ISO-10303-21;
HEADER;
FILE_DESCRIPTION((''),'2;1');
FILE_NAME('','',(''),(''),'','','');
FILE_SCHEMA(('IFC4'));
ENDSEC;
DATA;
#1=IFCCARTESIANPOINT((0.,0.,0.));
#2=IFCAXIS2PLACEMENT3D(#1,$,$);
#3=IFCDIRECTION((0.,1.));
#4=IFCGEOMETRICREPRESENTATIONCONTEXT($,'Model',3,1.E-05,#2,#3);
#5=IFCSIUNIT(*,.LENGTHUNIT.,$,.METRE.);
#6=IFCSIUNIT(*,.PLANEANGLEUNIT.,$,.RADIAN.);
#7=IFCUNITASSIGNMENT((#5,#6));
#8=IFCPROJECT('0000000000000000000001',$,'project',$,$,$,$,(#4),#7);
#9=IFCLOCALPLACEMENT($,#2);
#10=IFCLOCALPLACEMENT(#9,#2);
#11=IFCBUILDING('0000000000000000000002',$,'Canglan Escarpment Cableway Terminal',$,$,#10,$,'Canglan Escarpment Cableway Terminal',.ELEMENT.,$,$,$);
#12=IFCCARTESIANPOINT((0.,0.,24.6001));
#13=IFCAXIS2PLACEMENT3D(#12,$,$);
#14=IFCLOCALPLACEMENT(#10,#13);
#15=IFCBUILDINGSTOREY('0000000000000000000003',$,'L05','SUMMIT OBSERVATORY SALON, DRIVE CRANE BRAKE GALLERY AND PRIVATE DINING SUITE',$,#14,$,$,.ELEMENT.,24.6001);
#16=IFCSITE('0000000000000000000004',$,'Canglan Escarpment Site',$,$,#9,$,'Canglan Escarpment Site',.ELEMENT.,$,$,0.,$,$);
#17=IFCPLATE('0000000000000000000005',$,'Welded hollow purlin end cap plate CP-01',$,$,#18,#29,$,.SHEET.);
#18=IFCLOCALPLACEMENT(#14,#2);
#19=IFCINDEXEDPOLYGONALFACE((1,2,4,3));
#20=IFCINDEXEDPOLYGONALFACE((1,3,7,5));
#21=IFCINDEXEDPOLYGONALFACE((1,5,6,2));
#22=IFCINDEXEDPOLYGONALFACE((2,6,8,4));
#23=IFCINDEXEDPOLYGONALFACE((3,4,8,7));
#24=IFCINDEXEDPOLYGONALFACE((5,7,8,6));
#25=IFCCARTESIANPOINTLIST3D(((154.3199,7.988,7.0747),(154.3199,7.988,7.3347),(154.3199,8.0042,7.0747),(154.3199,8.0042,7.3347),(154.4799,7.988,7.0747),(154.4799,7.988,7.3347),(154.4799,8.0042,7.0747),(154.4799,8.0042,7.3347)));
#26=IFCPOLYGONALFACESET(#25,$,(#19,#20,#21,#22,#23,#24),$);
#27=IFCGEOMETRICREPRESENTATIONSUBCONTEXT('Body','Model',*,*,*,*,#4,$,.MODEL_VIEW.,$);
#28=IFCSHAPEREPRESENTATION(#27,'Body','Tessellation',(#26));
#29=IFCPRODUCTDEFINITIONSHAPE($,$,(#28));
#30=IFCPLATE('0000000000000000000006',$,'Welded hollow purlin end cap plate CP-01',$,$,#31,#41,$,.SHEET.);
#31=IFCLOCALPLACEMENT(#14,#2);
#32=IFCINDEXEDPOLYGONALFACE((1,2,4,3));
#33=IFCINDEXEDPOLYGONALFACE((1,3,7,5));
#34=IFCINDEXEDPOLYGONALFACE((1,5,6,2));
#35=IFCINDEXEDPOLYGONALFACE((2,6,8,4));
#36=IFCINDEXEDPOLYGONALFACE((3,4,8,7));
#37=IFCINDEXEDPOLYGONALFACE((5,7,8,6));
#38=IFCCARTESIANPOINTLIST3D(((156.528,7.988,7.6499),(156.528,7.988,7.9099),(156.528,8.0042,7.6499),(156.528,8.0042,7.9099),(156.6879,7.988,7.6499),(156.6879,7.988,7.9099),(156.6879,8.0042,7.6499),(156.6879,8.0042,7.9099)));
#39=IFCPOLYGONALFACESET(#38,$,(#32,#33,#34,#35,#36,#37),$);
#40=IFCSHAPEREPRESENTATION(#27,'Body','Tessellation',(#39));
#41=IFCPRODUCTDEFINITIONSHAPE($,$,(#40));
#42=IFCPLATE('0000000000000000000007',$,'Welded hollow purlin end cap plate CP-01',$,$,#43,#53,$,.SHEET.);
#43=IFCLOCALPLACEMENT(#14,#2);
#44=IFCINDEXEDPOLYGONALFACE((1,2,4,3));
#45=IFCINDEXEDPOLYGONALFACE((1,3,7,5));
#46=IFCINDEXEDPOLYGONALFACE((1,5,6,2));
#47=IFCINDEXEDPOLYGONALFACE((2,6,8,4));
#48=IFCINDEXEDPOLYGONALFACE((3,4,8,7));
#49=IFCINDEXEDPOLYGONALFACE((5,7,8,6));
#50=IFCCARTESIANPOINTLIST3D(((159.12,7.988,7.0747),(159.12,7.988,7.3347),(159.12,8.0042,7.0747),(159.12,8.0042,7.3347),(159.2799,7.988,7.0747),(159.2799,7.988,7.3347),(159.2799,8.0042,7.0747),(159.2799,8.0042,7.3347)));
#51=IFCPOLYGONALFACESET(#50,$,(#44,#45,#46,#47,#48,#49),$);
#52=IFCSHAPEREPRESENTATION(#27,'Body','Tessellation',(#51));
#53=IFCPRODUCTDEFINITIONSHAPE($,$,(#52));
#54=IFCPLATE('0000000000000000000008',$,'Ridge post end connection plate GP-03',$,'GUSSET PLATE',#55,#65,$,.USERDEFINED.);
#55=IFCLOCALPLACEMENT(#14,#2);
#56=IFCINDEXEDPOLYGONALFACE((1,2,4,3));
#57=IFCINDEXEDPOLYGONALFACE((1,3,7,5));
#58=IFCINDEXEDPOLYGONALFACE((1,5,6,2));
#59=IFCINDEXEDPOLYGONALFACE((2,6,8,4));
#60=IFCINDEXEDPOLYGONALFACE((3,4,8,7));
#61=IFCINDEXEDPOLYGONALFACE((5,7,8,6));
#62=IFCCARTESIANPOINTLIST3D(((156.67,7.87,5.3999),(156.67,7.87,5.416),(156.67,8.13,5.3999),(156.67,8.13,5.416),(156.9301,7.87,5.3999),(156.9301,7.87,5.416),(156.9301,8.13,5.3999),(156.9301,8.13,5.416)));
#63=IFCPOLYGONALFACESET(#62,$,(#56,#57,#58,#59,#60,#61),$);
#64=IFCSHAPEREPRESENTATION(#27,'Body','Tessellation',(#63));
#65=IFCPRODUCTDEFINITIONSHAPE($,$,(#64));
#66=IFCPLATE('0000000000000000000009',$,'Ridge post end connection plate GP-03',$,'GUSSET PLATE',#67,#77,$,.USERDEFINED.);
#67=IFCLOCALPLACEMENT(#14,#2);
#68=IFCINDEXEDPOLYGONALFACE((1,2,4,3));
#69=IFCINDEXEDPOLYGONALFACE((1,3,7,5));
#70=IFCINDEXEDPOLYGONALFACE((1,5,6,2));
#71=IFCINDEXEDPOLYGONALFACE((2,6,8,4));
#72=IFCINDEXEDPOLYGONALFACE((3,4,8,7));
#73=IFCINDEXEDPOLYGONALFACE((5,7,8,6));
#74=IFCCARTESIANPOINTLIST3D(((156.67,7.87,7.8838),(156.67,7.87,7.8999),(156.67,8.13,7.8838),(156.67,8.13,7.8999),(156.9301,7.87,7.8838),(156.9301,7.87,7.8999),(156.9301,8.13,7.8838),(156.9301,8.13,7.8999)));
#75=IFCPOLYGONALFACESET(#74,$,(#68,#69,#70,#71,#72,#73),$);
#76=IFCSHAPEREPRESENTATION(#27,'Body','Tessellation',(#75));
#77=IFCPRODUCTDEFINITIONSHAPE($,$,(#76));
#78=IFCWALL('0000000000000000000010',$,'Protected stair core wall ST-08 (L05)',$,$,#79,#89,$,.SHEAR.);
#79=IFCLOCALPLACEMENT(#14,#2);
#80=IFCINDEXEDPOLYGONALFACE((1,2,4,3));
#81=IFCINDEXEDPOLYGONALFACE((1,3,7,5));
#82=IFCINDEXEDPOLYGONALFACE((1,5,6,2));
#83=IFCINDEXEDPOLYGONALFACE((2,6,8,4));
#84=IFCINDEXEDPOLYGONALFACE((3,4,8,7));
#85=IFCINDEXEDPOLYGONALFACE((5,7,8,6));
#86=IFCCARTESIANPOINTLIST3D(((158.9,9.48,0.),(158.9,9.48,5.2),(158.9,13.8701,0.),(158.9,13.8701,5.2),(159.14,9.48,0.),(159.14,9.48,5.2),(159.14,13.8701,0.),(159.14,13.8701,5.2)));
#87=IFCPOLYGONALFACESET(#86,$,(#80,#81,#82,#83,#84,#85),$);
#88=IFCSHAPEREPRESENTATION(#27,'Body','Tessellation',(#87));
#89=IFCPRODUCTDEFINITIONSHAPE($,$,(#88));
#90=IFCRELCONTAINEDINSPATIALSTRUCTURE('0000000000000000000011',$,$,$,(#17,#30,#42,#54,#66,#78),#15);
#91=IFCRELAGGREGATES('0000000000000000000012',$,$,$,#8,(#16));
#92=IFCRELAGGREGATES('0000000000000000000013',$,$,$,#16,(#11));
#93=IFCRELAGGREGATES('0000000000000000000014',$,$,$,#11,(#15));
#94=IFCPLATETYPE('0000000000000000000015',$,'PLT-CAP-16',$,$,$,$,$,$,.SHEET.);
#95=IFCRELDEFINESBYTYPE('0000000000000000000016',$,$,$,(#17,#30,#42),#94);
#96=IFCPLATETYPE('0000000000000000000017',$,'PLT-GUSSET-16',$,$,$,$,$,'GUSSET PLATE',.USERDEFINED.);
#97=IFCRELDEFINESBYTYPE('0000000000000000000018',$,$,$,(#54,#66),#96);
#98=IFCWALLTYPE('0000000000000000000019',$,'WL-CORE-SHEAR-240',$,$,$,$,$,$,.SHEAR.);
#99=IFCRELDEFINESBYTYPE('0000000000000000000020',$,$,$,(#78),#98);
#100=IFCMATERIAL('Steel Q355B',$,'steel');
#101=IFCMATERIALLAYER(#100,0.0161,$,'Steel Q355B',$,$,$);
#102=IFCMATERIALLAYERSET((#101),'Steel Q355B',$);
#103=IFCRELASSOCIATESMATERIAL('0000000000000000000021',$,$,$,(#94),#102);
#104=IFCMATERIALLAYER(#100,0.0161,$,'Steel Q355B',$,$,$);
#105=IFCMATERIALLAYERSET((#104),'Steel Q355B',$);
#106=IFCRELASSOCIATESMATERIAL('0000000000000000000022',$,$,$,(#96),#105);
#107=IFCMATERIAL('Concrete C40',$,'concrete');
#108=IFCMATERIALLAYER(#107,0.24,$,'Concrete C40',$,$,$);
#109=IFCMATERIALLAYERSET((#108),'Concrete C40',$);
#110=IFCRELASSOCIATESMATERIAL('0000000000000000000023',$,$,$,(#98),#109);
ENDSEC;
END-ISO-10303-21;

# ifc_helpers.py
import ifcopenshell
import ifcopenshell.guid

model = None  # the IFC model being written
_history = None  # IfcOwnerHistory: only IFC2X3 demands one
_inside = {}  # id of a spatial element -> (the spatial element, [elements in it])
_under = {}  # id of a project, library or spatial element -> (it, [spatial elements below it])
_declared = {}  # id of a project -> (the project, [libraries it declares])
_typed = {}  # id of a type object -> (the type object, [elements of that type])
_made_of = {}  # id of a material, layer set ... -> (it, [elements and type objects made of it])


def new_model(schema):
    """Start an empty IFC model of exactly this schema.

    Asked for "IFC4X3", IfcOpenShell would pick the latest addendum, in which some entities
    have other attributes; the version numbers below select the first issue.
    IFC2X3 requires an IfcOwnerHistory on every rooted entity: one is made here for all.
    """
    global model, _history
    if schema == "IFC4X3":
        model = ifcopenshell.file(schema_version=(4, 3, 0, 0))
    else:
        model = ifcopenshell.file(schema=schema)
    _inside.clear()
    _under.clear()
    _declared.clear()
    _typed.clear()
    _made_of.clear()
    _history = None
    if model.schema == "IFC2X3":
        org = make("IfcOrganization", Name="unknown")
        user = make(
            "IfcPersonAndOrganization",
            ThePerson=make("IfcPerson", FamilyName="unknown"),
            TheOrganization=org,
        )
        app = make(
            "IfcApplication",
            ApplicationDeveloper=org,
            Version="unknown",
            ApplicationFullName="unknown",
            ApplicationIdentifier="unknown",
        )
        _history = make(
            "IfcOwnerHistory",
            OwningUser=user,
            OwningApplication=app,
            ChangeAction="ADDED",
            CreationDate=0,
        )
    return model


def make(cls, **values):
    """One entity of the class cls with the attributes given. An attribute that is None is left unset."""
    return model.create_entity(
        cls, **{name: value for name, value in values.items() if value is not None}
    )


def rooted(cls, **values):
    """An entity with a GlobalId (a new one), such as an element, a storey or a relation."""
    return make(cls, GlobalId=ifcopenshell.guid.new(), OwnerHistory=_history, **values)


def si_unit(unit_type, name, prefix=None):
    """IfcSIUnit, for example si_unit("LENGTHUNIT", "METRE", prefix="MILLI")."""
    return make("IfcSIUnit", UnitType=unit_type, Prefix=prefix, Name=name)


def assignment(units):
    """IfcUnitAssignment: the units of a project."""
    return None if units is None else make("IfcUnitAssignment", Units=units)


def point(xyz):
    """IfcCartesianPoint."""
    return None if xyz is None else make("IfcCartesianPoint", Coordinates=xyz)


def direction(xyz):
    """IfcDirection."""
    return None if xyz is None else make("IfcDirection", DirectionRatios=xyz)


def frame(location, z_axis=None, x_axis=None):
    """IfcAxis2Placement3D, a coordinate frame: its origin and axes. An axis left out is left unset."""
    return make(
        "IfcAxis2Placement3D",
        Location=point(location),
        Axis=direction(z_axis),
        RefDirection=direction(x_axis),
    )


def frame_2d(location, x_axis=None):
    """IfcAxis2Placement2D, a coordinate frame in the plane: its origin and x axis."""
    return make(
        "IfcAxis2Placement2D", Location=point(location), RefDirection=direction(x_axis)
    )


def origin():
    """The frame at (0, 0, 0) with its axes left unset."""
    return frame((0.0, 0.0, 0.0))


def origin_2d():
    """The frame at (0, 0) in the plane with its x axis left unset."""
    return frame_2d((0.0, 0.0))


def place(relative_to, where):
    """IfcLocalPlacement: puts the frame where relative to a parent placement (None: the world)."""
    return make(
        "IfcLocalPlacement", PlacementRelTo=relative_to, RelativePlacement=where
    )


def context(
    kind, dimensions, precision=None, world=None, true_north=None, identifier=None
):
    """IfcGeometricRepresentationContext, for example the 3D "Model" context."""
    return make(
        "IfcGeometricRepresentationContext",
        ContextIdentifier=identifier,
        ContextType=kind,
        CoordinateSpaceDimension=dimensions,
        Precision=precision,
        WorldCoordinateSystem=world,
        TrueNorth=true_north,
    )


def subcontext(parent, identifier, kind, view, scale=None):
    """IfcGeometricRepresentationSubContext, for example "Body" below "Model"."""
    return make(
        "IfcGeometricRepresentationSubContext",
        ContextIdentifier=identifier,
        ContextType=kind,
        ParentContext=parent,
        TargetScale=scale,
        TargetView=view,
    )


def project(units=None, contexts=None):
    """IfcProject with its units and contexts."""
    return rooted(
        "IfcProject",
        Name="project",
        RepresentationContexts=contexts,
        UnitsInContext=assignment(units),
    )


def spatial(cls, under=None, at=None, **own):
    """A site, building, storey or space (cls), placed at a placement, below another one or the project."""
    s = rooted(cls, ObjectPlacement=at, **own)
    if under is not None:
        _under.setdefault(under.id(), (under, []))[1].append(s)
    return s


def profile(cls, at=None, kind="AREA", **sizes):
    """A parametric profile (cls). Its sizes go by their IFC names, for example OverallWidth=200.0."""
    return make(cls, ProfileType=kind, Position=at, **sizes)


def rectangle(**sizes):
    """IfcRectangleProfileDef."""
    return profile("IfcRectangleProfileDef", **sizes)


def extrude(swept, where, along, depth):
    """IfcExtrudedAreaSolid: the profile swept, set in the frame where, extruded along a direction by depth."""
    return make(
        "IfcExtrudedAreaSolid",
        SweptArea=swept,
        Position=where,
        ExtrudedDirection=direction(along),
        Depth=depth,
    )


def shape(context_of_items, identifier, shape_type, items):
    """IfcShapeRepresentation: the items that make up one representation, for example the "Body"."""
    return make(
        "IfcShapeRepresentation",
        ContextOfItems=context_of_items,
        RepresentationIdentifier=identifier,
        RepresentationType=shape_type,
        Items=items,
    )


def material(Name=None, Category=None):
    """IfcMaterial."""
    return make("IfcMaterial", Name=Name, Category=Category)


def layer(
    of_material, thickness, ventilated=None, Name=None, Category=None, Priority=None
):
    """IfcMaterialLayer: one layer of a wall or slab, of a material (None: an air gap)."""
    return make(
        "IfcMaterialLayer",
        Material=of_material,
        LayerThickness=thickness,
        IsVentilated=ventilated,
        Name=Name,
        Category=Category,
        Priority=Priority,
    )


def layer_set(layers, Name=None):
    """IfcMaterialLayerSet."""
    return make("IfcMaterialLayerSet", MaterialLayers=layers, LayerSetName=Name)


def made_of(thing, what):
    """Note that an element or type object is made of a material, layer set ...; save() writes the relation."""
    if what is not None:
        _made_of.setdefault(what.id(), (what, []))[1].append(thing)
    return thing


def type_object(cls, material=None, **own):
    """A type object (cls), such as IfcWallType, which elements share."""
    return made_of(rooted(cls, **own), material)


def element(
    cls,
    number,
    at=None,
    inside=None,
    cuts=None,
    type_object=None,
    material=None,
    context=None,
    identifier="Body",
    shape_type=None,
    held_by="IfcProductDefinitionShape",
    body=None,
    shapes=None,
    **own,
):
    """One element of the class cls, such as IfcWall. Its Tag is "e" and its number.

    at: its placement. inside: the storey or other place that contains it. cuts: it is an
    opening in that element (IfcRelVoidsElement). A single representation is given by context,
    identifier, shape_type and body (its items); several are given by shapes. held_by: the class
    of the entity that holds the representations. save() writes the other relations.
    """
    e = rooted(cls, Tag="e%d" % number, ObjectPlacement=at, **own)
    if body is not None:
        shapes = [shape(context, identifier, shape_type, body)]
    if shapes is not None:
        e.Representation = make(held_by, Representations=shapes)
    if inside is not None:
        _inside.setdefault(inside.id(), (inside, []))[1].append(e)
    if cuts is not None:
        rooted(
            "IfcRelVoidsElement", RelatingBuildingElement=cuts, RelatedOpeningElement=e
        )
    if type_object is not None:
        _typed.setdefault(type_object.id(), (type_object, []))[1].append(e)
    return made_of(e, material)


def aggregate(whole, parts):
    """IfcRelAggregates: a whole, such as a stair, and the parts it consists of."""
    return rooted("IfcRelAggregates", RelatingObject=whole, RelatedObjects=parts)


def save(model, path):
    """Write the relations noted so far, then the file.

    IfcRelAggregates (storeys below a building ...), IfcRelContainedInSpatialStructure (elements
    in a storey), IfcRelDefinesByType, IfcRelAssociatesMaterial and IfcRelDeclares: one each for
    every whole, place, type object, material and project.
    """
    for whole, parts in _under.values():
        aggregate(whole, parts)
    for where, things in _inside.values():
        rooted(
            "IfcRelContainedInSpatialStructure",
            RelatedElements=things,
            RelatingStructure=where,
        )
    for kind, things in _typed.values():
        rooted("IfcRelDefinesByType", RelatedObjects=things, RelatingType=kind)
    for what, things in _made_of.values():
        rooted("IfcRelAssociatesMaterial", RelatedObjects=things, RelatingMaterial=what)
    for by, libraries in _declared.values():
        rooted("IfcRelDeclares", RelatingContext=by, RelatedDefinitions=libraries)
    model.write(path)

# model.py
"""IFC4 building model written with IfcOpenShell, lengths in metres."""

from ifc_helpers import new_model, si_unit, direction, frame, frame_2d, origin, origin_2d, place, context, subcontext, project, spatial, rectangle, extrude, material, layer, layer_set, type_object, element, save


model = new_model("IFC4")

# Units and contexts
model_context = context("Model", 3, precision=1e-05, world=origin(), true_north=direction((0.0, 1.0)))
body_context = subcontext(model_context, "Body", "Model", "MODEL_VIEW")
ifc_project = project(units=[si_unit("LENGTHUNIT", "METRE"), si_unit("PLANEANGLEUNIT", "RADIAN")], contexts=[model_context])

# Site, building, storey
site_placement = place(None, origin())
site = spatial("IfcSite", under=ifc_project, at=site_placement, Name="Canglan Escarpment Site", LongName="Canglan Escarpment Site", CompositionType="ELEMENT", RefElevation=0.0)
building_placement = place(site_placement, origin())
building = spatial("IfcBuilding", under=site, at=building_placement, Name="Canglan Escarpment Cableway Terminal", LongName="Canglan Escarpment Cableway Terminal", CompositionType="ELEMENT")
storey_placement = place(building_placement, frame((0.0, 0.0, 24.6001)))
storey = spatial("IfcBuildingStorey", under=building, at=storey_placement, Name="L05", Description="SUMMIT OBSERVATORY SALON, DRIVE CRANE BRAKE GALLERY AND PRIVATE DINING SUITE", CompositionType="ELEMENT", Elevation=24.6001)

# Shared definitions
ifc_material_1 = material(Name="Concrete C40", Category="concrete")

# Shared definitions
ifc_material_2 = material(Name="Steel Q355B", Category="steel")

# Plates
ifc_layer_1 = layer(ifc_material_2, 0.0161, Name="Steel Q355B")
ifc_layer_set_1 = layer_set([ifc_layer_1], Name="Steel Q355B")
plate_type_1 = type_object("IfcPlateType", Name="PLT-CAP-16", PredefinedType="SHEET", material=ifc_layer_set_1)
for number, where, z_axis, x_axis, name in (
    (1, (154.3999, 7.9961, 7.0747), (0.0, 0.0, 1.0), (1.0, 0.0, 0.0), "Welded hollow purlin end cap plate CP-01"),
    (2, (156.6079, 7.9961, 7.6499), (0.0, 0.0, 1.0), (1.0, 0.0, 0.0), "Welded hollow purlin end cap plate CP-01"),
    (3, (159.2, 7.9961, 7.0747), (0.0, 0.0, 1.0), (1.0, 0.0, 0.0), "Welded hollow purlin end cap plate CP-01"),
):
    element("IfcPlate", number, at=place(storey_placement, frame(where, z_axis=z_axis, x_axis=x_axis)), inside=storey, type_object=plate_type_1, Name=name, PredefinedType="SHEET", context=body_context, shape_type="SweptSolid", body=[
        extrude(rectangle(XDim=0.1599, YDim=0.0161, at=origin_2d()), origin(), (0.0, 0.0, 1.0), 0.26),
    ])
ifc_layer_2 = layer(ifc_material_2, 0.0161, Name="Steel Q355B")
ifc_layer_set_2 = layer_set([ifc_layer_2], Name="Steel Q355B")
plate_type_2 = type_object("IfcPlateType", Name="PLT-GUSSET-16", ElementType="GUSSET PLATE", PredefinedType="USERDEFINED", material=ifc_layer_set_2)
for number, where, z_axis, x_axis, name in (
    (4, (156.8, 8.0, 5.3999), (0.0, 0.0, 1.0), (1.0, 0.0, 0.0), "Ridge post end connection plate GP-03"),
    (5, (156.8, 8.0, 7.8838), (0.0, 0.0, 1.0), (1.0, 0.0, 0.0), "Ridge post end connection plate GP-03"),
):
    element("IfcPlate", number, at=place(storey_placement, frame(where, z_axis=z_axis, x_axis=x_axis)), inside=storey, type_object=plate_type_2, Name=name, ObjectType="GUSSET PLATE", PredefinedType="USERDEFINED", context=body_context, shape_type="SweptSolid", body=[
        extrude(rectangle(XDim=0.26, YDim=0.26, at=origin_2d()), origin(), (0.0, 0.0, 1.0), 0.0161),
    ])

# Wall
ifc_layer_3 = layer(ifc_material_1, 0.24, Name="Concrete C40")
ifc_layer_set_3 = layer_set([ifc_layer_3], Name="Concrete C40")
wall_type = type_object("IfcWallType", Name="WL-CORE-SHEAR-240", PredefinedType="SHEAR", material=ifc_layer_set_3)
wall_placement = place(storey_placement, frame((159.02, 9.48, 0.0), z_axis=(0.0, 0.0, 1.0), x_axis=(0.0, 1.0, 0.0)))
element("IfcWall", 6, at=wall_placement, inside=storey, type_object=wall_type, Name="Protected stair core wall ST-08 (L05)", PredefinedType="SHEAR", context=body_context, shape_type="SweptSolid", body=[
    extrude(rectangle(XDim=4.3901, YDim=0.24, at=frame_2d((2.1951, 0.0))), origin(), (0.0, 0.0, 1.0), 5.2),
])

save(model, "model.ifc")
